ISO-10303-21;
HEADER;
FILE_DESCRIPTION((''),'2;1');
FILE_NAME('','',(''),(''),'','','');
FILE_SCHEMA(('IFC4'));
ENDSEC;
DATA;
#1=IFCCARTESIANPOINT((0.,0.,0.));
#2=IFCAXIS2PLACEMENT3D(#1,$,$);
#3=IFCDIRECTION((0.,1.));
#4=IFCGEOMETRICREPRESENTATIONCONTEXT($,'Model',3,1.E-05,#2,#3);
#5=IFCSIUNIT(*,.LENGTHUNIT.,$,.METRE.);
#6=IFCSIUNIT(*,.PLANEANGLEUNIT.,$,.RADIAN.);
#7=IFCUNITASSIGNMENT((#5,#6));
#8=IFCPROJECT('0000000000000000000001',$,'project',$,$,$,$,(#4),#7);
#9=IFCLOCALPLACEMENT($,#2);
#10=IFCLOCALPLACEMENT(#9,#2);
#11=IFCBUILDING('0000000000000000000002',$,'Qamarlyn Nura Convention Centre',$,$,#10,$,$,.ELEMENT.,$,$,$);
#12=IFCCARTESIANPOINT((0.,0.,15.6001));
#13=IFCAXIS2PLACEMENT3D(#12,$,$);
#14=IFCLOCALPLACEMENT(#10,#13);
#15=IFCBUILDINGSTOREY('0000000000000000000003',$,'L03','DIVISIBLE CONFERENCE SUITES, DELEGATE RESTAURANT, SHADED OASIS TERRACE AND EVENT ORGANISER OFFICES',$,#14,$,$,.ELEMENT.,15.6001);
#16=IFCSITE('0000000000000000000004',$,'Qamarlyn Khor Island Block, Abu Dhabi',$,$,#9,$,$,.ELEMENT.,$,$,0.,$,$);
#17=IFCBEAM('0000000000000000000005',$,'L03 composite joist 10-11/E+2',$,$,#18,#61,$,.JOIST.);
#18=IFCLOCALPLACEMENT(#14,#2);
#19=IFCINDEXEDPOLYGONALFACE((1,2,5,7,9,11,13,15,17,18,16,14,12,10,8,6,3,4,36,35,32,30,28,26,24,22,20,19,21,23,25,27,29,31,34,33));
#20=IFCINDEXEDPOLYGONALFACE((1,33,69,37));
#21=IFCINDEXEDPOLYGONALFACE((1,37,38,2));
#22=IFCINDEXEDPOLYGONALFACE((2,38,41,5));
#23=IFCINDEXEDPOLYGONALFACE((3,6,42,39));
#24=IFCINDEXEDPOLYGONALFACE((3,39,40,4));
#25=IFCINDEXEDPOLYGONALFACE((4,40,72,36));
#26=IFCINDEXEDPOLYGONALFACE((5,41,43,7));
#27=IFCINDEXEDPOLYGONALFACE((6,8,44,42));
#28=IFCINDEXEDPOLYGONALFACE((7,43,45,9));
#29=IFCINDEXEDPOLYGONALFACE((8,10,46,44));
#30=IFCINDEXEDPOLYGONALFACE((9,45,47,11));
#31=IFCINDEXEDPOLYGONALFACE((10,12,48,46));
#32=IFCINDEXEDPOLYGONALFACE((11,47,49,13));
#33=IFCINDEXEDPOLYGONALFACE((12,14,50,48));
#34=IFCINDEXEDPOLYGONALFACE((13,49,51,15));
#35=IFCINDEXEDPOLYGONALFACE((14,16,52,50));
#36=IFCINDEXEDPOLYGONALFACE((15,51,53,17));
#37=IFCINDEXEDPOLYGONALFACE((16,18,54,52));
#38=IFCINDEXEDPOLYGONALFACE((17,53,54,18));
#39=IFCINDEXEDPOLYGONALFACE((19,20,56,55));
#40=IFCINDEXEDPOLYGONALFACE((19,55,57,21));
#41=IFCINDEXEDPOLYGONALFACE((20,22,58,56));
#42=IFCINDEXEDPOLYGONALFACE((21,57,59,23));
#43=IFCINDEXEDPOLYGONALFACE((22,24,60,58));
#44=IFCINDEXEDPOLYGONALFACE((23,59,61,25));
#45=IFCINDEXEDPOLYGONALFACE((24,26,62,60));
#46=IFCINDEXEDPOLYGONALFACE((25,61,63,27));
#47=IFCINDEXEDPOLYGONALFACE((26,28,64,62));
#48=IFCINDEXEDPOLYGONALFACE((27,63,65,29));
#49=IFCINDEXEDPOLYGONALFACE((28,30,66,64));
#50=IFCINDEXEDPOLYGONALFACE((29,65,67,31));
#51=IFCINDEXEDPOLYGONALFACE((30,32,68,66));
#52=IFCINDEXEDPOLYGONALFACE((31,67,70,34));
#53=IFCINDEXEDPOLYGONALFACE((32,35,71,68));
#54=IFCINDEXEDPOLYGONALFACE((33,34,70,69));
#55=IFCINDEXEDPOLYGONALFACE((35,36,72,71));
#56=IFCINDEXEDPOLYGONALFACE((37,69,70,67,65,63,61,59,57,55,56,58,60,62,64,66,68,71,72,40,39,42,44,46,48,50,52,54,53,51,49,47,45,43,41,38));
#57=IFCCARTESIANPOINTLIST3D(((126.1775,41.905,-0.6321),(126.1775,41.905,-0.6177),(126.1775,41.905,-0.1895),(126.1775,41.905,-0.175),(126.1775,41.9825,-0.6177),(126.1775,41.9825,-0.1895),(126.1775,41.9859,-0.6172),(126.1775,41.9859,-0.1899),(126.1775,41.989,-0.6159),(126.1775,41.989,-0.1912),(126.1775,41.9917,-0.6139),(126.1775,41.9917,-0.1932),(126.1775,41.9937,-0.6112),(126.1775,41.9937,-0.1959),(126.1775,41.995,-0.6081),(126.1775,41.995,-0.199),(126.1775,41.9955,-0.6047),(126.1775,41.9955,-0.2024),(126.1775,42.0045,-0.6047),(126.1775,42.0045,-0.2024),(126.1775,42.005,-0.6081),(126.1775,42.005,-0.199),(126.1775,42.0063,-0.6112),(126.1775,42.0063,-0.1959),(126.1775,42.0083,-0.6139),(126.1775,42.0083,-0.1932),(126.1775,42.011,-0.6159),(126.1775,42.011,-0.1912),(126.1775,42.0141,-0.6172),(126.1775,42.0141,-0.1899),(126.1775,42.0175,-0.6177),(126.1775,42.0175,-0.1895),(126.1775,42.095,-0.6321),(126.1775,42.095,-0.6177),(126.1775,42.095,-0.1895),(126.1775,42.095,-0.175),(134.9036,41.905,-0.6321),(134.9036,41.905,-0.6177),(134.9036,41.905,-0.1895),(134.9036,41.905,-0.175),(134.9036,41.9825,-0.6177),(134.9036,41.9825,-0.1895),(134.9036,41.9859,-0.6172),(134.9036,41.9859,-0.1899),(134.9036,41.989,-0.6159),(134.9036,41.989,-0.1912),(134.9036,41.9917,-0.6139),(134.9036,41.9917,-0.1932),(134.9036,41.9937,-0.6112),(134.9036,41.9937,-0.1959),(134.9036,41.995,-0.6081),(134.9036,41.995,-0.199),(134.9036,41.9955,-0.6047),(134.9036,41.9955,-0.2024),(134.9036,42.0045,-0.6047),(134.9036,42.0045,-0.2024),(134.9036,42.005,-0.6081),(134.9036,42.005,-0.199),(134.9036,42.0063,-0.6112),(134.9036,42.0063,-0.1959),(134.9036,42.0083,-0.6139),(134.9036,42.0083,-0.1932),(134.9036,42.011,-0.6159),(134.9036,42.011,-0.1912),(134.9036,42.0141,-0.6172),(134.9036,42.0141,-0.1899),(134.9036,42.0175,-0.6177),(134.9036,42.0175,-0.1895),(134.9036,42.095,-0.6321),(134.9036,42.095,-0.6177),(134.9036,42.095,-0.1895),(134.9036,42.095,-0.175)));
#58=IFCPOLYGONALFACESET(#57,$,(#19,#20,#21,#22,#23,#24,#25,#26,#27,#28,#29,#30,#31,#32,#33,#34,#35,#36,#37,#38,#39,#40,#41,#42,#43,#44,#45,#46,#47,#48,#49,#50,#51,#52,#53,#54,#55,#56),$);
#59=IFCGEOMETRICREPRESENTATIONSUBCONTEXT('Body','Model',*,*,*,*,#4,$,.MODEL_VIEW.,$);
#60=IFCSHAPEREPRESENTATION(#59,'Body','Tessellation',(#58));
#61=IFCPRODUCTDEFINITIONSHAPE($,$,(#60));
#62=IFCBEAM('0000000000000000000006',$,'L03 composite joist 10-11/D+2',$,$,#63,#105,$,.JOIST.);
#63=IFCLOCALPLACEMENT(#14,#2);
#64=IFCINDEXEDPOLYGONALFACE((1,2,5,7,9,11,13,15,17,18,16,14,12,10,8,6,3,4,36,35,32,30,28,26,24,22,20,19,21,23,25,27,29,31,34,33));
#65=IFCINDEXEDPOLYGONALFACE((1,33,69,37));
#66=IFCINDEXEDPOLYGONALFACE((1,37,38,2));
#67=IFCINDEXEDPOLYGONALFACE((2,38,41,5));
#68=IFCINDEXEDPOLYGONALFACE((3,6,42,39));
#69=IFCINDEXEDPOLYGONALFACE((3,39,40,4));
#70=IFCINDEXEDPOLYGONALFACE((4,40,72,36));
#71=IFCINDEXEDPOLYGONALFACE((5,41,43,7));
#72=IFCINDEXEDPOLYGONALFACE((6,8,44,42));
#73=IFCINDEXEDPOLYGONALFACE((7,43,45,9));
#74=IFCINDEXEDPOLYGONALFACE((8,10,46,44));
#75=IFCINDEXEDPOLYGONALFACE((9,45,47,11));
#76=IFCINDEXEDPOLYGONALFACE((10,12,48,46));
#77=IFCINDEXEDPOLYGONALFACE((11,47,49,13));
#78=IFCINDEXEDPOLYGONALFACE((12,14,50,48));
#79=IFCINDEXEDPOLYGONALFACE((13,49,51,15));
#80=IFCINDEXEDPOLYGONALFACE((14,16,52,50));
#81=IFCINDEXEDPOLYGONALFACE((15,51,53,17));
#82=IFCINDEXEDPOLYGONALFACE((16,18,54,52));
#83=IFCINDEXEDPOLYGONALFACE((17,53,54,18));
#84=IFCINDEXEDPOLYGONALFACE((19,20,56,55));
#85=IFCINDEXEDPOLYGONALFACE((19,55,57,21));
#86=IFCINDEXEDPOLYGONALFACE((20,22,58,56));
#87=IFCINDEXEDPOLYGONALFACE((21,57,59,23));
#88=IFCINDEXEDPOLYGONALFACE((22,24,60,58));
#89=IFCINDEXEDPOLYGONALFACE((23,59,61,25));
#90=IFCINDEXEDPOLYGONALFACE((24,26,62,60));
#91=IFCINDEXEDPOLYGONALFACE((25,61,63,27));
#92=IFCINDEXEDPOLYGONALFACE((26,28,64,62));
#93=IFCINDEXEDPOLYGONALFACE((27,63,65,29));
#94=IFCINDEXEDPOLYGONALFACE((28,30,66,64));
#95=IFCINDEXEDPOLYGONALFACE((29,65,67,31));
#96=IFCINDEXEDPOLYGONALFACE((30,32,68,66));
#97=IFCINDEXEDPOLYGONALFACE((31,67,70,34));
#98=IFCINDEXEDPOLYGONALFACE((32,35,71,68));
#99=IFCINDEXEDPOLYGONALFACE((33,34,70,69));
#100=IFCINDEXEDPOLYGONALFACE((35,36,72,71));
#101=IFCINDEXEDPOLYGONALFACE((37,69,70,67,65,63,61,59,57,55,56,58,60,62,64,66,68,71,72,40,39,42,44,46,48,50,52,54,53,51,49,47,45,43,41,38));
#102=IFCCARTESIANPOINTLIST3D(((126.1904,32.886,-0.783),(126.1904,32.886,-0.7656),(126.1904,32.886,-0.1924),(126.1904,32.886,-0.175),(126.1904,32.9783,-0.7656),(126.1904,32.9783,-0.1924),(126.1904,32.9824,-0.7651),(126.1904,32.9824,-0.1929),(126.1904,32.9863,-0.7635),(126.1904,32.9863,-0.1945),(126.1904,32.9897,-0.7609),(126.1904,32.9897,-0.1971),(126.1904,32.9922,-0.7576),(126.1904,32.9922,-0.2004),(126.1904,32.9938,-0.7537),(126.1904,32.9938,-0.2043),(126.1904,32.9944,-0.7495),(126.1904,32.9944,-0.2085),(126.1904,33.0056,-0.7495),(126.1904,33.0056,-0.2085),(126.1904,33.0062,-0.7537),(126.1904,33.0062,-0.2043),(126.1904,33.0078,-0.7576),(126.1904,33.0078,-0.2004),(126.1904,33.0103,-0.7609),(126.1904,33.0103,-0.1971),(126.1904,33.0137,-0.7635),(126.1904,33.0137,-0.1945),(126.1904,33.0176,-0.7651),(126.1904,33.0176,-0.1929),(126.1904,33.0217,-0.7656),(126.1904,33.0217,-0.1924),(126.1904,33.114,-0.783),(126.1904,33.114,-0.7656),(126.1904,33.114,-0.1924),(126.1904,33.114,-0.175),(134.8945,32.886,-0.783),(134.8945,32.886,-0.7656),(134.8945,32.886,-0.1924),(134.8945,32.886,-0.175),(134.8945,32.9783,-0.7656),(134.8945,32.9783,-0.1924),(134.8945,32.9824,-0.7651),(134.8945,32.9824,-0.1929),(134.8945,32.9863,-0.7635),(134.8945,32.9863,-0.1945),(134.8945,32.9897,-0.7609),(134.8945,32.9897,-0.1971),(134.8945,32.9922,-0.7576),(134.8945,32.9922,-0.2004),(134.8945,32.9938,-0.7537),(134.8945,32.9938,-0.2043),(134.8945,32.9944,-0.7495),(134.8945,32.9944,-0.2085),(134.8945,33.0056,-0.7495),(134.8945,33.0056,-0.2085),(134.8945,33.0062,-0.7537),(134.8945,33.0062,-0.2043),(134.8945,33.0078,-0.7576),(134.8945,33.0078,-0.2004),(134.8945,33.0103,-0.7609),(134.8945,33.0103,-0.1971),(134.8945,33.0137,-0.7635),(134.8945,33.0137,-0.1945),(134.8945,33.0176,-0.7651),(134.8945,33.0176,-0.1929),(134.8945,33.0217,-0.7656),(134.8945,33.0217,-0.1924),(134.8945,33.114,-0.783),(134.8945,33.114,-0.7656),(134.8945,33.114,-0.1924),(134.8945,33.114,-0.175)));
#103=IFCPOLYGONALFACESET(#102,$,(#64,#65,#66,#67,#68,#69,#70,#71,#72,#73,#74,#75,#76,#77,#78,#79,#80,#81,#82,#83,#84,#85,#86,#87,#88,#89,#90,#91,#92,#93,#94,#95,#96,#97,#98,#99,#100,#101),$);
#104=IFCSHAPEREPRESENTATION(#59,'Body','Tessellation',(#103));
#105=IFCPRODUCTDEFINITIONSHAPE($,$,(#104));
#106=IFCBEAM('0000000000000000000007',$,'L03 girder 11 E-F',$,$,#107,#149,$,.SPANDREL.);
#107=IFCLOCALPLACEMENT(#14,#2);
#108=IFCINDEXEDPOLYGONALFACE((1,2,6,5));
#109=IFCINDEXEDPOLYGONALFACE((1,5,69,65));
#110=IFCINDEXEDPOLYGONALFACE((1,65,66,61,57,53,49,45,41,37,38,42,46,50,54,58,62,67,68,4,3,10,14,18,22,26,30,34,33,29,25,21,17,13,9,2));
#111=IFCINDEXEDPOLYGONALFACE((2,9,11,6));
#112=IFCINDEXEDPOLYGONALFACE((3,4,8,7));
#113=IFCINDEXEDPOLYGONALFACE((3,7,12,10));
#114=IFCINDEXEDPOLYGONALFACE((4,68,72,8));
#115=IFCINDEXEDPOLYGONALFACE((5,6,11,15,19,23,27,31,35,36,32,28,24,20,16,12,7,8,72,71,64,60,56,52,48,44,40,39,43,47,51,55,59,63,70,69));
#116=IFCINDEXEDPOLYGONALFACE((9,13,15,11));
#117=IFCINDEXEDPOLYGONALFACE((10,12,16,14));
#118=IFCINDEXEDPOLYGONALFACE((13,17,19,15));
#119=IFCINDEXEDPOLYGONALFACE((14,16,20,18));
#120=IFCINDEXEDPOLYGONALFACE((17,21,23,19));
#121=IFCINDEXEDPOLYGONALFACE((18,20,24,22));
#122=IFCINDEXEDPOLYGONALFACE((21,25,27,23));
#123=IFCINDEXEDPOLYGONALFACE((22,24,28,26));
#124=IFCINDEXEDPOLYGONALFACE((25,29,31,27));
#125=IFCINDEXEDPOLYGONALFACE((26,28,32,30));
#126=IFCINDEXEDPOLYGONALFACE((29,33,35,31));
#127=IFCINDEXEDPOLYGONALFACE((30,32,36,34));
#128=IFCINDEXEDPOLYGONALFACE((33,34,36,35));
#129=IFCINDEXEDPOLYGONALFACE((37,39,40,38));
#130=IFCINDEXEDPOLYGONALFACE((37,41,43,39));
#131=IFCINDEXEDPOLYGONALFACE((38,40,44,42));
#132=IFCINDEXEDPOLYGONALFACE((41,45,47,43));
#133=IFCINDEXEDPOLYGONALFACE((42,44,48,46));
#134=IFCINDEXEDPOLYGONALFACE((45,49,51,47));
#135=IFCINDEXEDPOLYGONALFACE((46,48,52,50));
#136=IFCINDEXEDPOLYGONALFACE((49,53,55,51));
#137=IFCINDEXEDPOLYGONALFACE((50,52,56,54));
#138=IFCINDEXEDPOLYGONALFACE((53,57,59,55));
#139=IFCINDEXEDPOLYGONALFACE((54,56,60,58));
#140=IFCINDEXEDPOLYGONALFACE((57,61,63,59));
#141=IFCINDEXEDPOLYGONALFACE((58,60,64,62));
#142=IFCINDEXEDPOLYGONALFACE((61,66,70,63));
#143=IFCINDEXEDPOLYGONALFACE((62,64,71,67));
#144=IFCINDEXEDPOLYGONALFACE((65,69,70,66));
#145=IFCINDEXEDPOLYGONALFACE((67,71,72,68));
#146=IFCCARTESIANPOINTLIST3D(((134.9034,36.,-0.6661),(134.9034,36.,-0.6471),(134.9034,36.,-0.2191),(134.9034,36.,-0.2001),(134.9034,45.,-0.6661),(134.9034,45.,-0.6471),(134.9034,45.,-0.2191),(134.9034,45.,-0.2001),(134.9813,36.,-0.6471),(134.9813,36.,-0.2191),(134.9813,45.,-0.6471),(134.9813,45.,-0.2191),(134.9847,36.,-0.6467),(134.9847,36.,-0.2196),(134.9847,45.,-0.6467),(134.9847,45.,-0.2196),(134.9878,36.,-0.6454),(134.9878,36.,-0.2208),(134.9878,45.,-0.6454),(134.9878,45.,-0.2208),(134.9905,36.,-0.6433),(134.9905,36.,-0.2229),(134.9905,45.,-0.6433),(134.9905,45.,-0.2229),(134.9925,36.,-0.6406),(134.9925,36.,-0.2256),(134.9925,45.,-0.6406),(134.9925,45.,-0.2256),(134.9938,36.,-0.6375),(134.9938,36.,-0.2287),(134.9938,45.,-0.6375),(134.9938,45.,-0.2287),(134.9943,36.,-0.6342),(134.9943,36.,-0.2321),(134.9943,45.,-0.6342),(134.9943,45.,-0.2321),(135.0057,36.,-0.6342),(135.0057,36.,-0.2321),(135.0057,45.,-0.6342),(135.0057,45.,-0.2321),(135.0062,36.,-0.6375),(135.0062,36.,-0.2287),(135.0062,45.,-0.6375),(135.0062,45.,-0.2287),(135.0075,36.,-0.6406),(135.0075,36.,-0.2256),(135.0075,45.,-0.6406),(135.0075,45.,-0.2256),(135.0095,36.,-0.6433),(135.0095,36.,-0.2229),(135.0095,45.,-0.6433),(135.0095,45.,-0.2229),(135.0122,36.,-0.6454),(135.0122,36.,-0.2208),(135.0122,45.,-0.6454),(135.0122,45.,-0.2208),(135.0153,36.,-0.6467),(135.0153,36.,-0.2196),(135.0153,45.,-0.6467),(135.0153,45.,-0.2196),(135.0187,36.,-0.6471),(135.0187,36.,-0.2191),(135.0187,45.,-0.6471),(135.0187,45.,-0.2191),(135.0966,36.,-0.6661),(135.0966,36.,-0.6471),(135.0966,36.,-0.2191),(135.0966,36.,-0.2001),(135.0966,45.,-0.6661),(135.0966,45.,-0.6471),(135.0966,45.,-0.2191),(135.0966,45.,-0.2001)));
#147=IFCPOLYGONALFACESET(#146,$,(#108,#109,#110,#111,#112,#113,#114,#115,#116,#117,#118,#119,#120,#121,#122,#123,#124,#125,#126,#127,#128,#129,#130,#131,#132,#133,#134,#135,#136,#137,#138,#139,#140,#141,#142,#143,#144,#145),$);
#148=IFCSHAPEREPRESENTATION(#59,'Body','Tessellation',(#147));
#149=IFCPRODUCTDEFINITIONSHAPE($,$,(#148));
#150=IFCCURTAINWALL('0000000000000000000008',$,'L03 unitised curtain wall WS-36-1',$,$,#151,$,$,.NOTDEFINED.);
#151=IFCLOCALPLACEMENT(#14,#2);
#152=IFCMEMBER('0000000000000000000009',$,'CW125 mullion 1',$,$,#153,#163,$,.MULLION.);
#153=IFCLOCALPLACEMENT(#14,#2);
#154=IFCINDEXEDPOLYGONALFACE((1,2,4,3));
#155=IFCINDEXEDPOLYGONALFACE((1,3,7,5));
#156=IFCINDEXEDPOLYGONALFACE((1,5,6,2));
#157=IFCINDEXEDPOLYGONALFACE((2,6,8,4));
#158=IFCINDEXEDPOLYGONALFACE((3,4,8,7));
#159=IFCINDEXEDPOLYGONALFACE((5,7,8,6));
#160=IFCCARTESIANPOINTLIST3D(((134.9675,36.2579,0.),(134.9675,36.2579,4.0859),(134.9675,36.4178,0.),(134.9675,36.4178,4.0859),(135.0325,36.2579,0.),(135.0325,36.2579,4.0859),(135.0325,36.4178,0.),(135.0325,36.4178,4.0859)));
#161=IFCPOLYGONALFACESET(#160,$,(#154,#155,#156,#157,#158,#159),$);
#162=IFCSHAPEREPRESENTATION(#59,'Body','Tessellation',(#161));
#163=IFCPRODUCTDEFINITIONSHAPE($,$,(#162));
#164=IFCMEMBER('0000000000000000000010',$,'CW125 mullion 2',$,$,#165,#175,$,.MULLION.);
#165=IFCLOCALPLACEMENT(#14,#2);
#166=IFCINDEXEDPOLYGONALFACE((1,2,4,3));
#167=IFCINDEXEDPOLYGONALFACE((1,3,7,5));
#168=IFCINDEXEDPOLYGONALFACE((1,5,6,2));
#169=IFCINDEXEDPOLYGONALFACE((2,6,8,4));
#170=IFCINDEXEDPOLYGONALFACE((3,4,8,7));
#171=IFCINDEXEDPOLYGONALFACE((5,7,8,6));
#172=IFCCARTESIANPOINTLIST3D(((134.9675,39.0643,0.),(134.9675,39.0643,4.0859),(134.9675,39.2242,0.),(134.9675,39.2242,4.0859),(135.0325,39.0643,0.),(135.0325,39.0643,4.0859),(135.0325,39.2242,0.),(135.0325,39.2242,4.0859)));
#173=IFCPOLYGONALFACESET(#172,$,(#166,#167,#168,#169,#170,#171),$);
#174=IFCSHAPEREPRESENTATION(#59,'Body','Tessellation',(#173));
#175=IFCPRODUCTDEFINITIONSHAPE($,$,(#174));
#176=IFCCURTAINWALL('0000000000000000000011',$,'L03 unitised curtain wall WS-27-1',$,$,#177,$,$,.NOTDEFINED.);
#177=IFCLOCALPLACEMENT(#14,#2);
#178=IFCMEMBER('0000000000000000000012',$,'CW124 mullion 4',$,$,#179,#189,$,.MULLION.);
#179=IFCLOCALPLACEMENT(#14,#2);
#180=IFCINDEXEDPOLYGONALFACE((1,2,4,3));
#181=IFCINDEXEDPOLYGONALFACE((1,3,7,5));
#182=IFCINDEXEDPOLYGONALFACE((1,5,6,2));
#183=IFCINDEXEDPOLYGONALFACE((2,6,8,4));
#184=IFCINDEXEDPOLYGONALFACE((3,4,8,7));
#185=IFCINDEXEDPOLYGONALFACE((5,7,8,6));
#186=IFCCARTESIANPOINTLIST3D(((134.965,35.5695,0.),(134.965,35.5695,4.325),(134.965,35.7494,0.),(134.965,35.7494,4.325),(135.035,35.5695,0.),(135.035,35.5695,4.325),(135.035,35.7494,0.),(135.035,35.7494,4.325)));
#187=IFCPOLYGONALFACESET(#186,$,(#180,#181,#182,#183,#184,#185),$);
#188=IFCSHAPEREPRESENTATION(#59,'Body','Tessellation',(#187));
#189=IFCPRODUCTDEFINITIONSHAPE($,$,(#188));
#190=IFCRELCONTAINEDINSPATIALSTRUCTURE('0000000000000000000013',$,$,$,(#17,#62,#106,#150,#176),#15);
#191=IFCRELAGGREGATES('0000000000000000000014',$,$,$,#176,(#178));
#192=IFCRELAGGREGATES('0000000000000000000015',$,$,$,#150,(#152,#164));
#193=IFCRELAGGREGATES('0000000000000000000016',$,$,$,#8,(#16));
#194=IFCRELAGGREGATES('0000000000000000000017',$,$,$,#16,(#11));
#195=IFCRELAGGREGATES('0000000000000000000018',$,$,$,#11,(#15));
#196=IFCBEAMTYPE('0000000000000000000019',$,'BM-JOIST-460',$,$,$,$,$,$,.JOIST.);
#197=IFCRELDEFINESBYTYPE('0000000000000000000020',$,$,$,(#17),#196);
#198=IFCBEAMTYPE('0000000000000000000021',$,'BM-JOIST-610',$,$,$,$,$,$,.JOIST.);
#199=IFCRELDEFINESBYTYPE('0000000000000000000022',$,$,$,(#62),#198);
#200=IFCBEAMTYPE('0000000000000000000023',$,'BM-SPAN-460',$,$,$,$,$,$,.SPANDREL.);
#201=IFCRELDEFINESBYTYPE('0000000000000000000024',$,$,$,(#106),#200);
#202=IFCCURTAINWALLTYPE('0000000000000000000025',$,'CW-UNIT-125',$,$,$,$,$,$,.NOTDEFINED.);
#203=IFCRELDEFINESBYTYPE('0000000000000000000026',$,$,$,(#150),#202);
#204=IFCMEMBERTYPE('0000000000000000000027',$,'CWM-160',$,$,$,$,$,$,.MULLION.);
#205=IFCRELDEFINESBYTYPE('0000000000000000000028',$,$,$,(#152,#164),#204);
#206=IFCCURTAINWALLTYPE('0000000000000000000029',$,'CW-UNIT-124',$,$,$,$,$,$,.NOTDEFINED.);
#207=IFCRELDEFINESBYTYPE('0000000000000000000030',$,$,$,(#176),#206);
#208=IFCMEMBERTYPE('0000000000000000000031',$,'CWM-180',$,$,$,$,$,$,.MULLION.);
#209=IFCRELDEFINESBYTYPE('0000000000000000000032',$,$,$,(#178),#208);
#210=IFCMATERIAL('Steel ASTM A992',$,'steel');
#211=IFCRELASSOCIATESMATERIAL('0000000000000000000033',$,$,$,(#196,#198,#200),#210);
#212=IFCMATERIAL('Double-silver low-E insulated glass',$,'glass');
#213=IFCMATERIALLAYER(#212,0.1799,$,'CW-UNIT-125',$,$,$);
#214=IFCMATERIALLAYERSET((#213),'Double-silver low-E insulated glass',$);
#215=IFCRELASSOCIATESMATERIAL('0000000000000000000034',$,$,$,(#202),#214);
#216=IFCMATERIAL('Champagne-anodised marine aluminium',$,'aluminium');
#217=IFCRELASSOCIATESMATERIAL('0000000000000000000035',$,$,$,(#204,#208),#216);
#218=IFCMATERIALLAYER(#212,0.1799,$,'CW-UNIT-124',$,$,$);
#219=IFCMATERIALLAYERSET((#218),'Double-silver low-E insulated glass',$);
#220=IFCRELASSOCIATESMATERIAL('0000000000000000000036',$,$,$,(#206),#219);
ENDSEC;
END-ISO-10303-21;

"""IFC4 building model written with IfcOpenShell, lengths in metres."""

from ifc_helpers import new_model, si_unit, direction, frame, origin, origin_2d, place, context, subcontext, project, spatial, rectangle, i_section, extrude, material, layer, layer_set, material_profile, profile_set, type_object, element, aggregate, save


model = new_model("IFC4")

# Units and contexts
model_context = context("Model", 3, precision=1e-05, world=origin(), true_north=direction((0.0, 1.0)))
body_context = subcontext(model_context, "Body", "Model", "MODEL_VIEW")
ifc_project = project(units=[si_unit("LENGTHUNIT", "METRE"), si_unit("PLANEANGLEUNIT", "RADIAN")], contexts=[model_context])

# Site, building, storey
site_placement = place(None, origin())
site = spatial("IfcSite", under=ifc_project, at=site_placement, Name="Qamarlyn Khor Island Block, Abu Dhabi", CompositionType="ELEMENT", RefElevation=0.0)
building_placement = place(site_placement, origin())
building = spatial("IfcBuilding", under=site, at=building_placement, Name="Qamarlyn Nura Convention Centre", CompositionType="ELEMENT")
storey_placement = place(building_placement, frame((0.0, 0.0, 15.6001)))
storey = spatial("IfcBuildingStorey", under=building, at=storey_placement, Name="L03", Description="DIVISIBLE CONFERENCE SUITES, DELEGATE RESTAURANT, SHADED OASIS TERRACE AND EVENT ORGANISER OFFICES", CompositionType="ELEMENT", Elevation=15.6001)

# Shared definitions
ifc_material_1 = material(Name="Steel ASTM A992", Category="steel")

# Beams
ifc_material_profile_1 = material_profile(ifc_material_1, i_section(OverallWidth=0.1899, OverallDepth=0.457, WebThickness=0.009, FlangeThickness=0.0144, FilletRadius=0.0129, at=origin_2d()), Name="W460X74")
ifc_profile_set_1 = profile_set([ifc_material_profile_1], Name="Steel ASTM A992")
beam_type_1 = type_object("IfcBeamType", Name="BM-JOIST-460", PredefinedType="JOIST", material=ifc_profile_set_1)
for number, where, z_axis, x_axis, name in (
    (1, (126.1775, 42.0, -0.4036), (1.0, 0.0, 0.0), (0.0, 1.0, 0.0), "L03 composite joist 10-11/E+2"),
):
    element("IfcBeam", number, at=place(storey_placement, frame(where, z_axis=z_axis, x_axis=x_axis)), inside=storey, type_object=beam_type_1, Name=name, PredefinedType="JOIST", context=body_context, shape_type="SweptSolid", body=[
        extrude(i_section(OverallWidth=0.1899, OverallDepth=0.457, WebThickness=0.009, FlangeThickness=0.0144, FilletRadius=0.0129, at=origin_2d()), origin(), (0.0, 0.0, 1.0), 8.7261),
    ])
ifc_material_profile_2 = material_profile(ifc_material_1, i_section(OverallWidth=0.228, OverallDepth=0.6079, WebThickness=0.0112, FlangeThickness=0.0173, FilletRadius=0.0161, at=origin_2d()), Name="W610X113")
ifc_profile_set_2 = profile_set([ifc_material_profile_2], Name="Steel ASTM A992")
beam_type_2 = type_object("IfcBeamType", Name="BM-JOIST-610", PredefinedType="JOIST", material=ifc_profile_set_2)
beam_1_placement = place(storey_placement, frame((126.1904, 33.0, -0.479), z_axis=(1.0, 0.0, 0.0), x_axis=(0.0, 1.0, 0.0)))
element("IfcBeam", 2, at=beam_1_placement, inside=storey, type_object=beam_type_2, Name="L03 composite joist 10-11/D+2", PredefinedType="JOIST", context=body_context, shape_type="SweptSolid", body=[
    extrude(i_section(OverallWidth=0.228, OverallDepth=0.6079, WebThickness=0.0112, FlangeThickness=0.0173, FilletRadius=0.0161, at=origin_2d()), origin(), (0.0, 0.0, 1.0), 8.7041),
])
ifc_material_profile_3 = material_profile(ifc_material_1, i_section(OverallWidth=0.1931, OverallDepth=0.4661, WebThickness=0.0115, FlangeThickness=0.019, FilletRadius=0.0129, at=origin_2d()), Name="W460X97")
ifc_profile_set_3 = profile_set([ifc_material_profile_3], Name="Steel ASTM A992")
beam_type_3 = type_object("IfcBeamType", Name="BM-SPAN-460", PredefinedType="SPANDREL", material=ifc_profile_set_3)
beam_2_placement = place(storey_placement, frame((135.0, 36.0, -0.4331), z_axis=(0.0, 1.0, 0.0), x_axis=(-1.0, 0.0, 0.0)))
element("IfcBeam", 3, at=beam_2_placement, inside=storey, type_object=beam_type_3, Name="L03 girder 11 E-F", PredefinedType="SPANDREL", context=body_context, shape_type="SweptSolid", body=[
    extrude(i_section(OverallWidth=0.1931, OverallDepth=0.4661, WebThickness=0.0115, FlangeThickness=0.019, FilletRadius=0.0129, at=origin_2d()), origin(), (0.0, 0.0, 1.0), 9.0),
])

# Curtain wall, members
ifc_material_2 = material(Name="Double-silver low-E insulated glass", Category="glass")
ifc_layer_1 = layer(ifc_material_2, 0.1799, Name="CW-UNIT-125")
ifc_layer_set_1 = layer_set([ifc_layer_1], Name="Double-silver low-E insulated glass")
curtain_wall_type_1 = type_object("IfcCurtainWallType", Name="CW-UNIT-125", PredefinedType="NOTDEFINED", material=ifc_layer_set_1)
curtain_wall_1_placement = place(storey_placement, origin())
curtain_wall_1 = element("IfcCurtainWall", 4, at=curtain_wall_1_placement, inside=storey, type_object=curtain_wall_type_1, Name="L03 unitised curtain wall WS-36-1", PredefinedType="NOTDEFINED")
ifc_material_3 = material(Name="Champagne-anodised marine aluminium", Category="aluminium")
ifc_material_profile_4 = material_profile(ifc_material_3, rectangle(XDim=0.0649, YDim=0.1599, at=origin_2d()), Name="ALU MULLION 65x160")
ifc_profile_set_4 = profile_set([ifc_material_profile_4], Name="Champagne-anodised marine aluminium")
member_type_1 = type_object("IfcMemberType", Name="CWM-160", PredefinedType="MULLION", material=ifc_profile_set_4)
member_1_placement = place(storey_placement, frame((135.0, 36.3379, 0.0), z_axis=(0.0, 0.0, 1.0), x_axis=(-1.0, 0.0, 0.0)))
member_1 = element("IfcMember", 5, at=member_1_placement, type_object=member_type_1, Name="CW125 mullion 1", PredefinedType="MULLION", context=body_context, shape_type="SweptSolid", body=[
    extrude(rectangle(XDim=0.0649, YDim=0.1599, at=origin_2d()), origin(), (0.0, 0.0, 1.0), 4.0859),
])
member_2_placement = place(storey_placement, frame((135.0, 39.1443, 0.0), z_axis=(0.0, 0.0, 1.0), x_axis=(-1.0, 0.0, 0.0)))
member_2 = element("IfcMember", 6, at=member_2_placement, type_object=member_type_1, Name="CW125 mullion 2", PredefinedType="MULLION", context=body_context, shape_type="SweptSolid", body=[
    extrude(rectangle(XDim=0.0649, YDim=0.1599, at=origin_2d()), origin(), (0.0, 0.0, 1.0), 4.0859),
])

# Curtain wall, member
ifc_layer_2 = layer(ifc_material_2, 0.1799, Name="CW-UNIT-124")
ifc_layer_set_2 = layer_set([ifc_layer_2], Name="Double-silver low-E insulated glass")
curtain_wall_type_2 = type_object("IfcCurtainWallType", Name="CW-UNIT-124", PredefinedType="NOTDEFINED", material=ifc_layer_set_2)
curtain_wall_2_placement = place(storey_placement, origin())
curtain_wall_2 = element("IfcCurtainWall", 7, at=curtain_wall_2_placement, inside=storey, type_object=curtain_wall_type_2, Name="L03 unitised curtain wall WS-27-1", PredefinedType="NOTDEFINED")
ifc_material_profile_5 = material_profile(ifc_material_3, rectangle(XDim=0.0701, YDim=0.1799, at=origin_2d()), Name="ALU MULLION 70x180")
ifc_profile_set_5 = profile_set([ifc_material_profile_5], Name="Champagne-anodised marine aluminium")
member_type_2 = type_object("IfcMemberType", Name="CWM-180", PredefinedType="MULLION", material=ifc_profile_set_5)
member_3_placement = place(storey_placement, frame((135.0, 35.6594, 0.0), z_axis=(0.0, 0.0, 1.0), x_axis=(-1.0, 0.0, 0.0)))
member_3 = element("IfcMember", 8, at=member_3_placement, type_object=member_type_2, Name="CW124 mullion 4", PredefinedType="MULLION", context=body_context, shape_type="SweptSolid", body=[
    extrude(rectangle(XDim=0.0701, YDim=0.1799, at=origin_2d()), origin(), (0.0, 0.0, 1.0), 4.325),
])

aggregate(curtain_wall_2, [member_3])
aggregate(curtain_wall_1, [member_1, member_2])

save(model, "model.ifc")
